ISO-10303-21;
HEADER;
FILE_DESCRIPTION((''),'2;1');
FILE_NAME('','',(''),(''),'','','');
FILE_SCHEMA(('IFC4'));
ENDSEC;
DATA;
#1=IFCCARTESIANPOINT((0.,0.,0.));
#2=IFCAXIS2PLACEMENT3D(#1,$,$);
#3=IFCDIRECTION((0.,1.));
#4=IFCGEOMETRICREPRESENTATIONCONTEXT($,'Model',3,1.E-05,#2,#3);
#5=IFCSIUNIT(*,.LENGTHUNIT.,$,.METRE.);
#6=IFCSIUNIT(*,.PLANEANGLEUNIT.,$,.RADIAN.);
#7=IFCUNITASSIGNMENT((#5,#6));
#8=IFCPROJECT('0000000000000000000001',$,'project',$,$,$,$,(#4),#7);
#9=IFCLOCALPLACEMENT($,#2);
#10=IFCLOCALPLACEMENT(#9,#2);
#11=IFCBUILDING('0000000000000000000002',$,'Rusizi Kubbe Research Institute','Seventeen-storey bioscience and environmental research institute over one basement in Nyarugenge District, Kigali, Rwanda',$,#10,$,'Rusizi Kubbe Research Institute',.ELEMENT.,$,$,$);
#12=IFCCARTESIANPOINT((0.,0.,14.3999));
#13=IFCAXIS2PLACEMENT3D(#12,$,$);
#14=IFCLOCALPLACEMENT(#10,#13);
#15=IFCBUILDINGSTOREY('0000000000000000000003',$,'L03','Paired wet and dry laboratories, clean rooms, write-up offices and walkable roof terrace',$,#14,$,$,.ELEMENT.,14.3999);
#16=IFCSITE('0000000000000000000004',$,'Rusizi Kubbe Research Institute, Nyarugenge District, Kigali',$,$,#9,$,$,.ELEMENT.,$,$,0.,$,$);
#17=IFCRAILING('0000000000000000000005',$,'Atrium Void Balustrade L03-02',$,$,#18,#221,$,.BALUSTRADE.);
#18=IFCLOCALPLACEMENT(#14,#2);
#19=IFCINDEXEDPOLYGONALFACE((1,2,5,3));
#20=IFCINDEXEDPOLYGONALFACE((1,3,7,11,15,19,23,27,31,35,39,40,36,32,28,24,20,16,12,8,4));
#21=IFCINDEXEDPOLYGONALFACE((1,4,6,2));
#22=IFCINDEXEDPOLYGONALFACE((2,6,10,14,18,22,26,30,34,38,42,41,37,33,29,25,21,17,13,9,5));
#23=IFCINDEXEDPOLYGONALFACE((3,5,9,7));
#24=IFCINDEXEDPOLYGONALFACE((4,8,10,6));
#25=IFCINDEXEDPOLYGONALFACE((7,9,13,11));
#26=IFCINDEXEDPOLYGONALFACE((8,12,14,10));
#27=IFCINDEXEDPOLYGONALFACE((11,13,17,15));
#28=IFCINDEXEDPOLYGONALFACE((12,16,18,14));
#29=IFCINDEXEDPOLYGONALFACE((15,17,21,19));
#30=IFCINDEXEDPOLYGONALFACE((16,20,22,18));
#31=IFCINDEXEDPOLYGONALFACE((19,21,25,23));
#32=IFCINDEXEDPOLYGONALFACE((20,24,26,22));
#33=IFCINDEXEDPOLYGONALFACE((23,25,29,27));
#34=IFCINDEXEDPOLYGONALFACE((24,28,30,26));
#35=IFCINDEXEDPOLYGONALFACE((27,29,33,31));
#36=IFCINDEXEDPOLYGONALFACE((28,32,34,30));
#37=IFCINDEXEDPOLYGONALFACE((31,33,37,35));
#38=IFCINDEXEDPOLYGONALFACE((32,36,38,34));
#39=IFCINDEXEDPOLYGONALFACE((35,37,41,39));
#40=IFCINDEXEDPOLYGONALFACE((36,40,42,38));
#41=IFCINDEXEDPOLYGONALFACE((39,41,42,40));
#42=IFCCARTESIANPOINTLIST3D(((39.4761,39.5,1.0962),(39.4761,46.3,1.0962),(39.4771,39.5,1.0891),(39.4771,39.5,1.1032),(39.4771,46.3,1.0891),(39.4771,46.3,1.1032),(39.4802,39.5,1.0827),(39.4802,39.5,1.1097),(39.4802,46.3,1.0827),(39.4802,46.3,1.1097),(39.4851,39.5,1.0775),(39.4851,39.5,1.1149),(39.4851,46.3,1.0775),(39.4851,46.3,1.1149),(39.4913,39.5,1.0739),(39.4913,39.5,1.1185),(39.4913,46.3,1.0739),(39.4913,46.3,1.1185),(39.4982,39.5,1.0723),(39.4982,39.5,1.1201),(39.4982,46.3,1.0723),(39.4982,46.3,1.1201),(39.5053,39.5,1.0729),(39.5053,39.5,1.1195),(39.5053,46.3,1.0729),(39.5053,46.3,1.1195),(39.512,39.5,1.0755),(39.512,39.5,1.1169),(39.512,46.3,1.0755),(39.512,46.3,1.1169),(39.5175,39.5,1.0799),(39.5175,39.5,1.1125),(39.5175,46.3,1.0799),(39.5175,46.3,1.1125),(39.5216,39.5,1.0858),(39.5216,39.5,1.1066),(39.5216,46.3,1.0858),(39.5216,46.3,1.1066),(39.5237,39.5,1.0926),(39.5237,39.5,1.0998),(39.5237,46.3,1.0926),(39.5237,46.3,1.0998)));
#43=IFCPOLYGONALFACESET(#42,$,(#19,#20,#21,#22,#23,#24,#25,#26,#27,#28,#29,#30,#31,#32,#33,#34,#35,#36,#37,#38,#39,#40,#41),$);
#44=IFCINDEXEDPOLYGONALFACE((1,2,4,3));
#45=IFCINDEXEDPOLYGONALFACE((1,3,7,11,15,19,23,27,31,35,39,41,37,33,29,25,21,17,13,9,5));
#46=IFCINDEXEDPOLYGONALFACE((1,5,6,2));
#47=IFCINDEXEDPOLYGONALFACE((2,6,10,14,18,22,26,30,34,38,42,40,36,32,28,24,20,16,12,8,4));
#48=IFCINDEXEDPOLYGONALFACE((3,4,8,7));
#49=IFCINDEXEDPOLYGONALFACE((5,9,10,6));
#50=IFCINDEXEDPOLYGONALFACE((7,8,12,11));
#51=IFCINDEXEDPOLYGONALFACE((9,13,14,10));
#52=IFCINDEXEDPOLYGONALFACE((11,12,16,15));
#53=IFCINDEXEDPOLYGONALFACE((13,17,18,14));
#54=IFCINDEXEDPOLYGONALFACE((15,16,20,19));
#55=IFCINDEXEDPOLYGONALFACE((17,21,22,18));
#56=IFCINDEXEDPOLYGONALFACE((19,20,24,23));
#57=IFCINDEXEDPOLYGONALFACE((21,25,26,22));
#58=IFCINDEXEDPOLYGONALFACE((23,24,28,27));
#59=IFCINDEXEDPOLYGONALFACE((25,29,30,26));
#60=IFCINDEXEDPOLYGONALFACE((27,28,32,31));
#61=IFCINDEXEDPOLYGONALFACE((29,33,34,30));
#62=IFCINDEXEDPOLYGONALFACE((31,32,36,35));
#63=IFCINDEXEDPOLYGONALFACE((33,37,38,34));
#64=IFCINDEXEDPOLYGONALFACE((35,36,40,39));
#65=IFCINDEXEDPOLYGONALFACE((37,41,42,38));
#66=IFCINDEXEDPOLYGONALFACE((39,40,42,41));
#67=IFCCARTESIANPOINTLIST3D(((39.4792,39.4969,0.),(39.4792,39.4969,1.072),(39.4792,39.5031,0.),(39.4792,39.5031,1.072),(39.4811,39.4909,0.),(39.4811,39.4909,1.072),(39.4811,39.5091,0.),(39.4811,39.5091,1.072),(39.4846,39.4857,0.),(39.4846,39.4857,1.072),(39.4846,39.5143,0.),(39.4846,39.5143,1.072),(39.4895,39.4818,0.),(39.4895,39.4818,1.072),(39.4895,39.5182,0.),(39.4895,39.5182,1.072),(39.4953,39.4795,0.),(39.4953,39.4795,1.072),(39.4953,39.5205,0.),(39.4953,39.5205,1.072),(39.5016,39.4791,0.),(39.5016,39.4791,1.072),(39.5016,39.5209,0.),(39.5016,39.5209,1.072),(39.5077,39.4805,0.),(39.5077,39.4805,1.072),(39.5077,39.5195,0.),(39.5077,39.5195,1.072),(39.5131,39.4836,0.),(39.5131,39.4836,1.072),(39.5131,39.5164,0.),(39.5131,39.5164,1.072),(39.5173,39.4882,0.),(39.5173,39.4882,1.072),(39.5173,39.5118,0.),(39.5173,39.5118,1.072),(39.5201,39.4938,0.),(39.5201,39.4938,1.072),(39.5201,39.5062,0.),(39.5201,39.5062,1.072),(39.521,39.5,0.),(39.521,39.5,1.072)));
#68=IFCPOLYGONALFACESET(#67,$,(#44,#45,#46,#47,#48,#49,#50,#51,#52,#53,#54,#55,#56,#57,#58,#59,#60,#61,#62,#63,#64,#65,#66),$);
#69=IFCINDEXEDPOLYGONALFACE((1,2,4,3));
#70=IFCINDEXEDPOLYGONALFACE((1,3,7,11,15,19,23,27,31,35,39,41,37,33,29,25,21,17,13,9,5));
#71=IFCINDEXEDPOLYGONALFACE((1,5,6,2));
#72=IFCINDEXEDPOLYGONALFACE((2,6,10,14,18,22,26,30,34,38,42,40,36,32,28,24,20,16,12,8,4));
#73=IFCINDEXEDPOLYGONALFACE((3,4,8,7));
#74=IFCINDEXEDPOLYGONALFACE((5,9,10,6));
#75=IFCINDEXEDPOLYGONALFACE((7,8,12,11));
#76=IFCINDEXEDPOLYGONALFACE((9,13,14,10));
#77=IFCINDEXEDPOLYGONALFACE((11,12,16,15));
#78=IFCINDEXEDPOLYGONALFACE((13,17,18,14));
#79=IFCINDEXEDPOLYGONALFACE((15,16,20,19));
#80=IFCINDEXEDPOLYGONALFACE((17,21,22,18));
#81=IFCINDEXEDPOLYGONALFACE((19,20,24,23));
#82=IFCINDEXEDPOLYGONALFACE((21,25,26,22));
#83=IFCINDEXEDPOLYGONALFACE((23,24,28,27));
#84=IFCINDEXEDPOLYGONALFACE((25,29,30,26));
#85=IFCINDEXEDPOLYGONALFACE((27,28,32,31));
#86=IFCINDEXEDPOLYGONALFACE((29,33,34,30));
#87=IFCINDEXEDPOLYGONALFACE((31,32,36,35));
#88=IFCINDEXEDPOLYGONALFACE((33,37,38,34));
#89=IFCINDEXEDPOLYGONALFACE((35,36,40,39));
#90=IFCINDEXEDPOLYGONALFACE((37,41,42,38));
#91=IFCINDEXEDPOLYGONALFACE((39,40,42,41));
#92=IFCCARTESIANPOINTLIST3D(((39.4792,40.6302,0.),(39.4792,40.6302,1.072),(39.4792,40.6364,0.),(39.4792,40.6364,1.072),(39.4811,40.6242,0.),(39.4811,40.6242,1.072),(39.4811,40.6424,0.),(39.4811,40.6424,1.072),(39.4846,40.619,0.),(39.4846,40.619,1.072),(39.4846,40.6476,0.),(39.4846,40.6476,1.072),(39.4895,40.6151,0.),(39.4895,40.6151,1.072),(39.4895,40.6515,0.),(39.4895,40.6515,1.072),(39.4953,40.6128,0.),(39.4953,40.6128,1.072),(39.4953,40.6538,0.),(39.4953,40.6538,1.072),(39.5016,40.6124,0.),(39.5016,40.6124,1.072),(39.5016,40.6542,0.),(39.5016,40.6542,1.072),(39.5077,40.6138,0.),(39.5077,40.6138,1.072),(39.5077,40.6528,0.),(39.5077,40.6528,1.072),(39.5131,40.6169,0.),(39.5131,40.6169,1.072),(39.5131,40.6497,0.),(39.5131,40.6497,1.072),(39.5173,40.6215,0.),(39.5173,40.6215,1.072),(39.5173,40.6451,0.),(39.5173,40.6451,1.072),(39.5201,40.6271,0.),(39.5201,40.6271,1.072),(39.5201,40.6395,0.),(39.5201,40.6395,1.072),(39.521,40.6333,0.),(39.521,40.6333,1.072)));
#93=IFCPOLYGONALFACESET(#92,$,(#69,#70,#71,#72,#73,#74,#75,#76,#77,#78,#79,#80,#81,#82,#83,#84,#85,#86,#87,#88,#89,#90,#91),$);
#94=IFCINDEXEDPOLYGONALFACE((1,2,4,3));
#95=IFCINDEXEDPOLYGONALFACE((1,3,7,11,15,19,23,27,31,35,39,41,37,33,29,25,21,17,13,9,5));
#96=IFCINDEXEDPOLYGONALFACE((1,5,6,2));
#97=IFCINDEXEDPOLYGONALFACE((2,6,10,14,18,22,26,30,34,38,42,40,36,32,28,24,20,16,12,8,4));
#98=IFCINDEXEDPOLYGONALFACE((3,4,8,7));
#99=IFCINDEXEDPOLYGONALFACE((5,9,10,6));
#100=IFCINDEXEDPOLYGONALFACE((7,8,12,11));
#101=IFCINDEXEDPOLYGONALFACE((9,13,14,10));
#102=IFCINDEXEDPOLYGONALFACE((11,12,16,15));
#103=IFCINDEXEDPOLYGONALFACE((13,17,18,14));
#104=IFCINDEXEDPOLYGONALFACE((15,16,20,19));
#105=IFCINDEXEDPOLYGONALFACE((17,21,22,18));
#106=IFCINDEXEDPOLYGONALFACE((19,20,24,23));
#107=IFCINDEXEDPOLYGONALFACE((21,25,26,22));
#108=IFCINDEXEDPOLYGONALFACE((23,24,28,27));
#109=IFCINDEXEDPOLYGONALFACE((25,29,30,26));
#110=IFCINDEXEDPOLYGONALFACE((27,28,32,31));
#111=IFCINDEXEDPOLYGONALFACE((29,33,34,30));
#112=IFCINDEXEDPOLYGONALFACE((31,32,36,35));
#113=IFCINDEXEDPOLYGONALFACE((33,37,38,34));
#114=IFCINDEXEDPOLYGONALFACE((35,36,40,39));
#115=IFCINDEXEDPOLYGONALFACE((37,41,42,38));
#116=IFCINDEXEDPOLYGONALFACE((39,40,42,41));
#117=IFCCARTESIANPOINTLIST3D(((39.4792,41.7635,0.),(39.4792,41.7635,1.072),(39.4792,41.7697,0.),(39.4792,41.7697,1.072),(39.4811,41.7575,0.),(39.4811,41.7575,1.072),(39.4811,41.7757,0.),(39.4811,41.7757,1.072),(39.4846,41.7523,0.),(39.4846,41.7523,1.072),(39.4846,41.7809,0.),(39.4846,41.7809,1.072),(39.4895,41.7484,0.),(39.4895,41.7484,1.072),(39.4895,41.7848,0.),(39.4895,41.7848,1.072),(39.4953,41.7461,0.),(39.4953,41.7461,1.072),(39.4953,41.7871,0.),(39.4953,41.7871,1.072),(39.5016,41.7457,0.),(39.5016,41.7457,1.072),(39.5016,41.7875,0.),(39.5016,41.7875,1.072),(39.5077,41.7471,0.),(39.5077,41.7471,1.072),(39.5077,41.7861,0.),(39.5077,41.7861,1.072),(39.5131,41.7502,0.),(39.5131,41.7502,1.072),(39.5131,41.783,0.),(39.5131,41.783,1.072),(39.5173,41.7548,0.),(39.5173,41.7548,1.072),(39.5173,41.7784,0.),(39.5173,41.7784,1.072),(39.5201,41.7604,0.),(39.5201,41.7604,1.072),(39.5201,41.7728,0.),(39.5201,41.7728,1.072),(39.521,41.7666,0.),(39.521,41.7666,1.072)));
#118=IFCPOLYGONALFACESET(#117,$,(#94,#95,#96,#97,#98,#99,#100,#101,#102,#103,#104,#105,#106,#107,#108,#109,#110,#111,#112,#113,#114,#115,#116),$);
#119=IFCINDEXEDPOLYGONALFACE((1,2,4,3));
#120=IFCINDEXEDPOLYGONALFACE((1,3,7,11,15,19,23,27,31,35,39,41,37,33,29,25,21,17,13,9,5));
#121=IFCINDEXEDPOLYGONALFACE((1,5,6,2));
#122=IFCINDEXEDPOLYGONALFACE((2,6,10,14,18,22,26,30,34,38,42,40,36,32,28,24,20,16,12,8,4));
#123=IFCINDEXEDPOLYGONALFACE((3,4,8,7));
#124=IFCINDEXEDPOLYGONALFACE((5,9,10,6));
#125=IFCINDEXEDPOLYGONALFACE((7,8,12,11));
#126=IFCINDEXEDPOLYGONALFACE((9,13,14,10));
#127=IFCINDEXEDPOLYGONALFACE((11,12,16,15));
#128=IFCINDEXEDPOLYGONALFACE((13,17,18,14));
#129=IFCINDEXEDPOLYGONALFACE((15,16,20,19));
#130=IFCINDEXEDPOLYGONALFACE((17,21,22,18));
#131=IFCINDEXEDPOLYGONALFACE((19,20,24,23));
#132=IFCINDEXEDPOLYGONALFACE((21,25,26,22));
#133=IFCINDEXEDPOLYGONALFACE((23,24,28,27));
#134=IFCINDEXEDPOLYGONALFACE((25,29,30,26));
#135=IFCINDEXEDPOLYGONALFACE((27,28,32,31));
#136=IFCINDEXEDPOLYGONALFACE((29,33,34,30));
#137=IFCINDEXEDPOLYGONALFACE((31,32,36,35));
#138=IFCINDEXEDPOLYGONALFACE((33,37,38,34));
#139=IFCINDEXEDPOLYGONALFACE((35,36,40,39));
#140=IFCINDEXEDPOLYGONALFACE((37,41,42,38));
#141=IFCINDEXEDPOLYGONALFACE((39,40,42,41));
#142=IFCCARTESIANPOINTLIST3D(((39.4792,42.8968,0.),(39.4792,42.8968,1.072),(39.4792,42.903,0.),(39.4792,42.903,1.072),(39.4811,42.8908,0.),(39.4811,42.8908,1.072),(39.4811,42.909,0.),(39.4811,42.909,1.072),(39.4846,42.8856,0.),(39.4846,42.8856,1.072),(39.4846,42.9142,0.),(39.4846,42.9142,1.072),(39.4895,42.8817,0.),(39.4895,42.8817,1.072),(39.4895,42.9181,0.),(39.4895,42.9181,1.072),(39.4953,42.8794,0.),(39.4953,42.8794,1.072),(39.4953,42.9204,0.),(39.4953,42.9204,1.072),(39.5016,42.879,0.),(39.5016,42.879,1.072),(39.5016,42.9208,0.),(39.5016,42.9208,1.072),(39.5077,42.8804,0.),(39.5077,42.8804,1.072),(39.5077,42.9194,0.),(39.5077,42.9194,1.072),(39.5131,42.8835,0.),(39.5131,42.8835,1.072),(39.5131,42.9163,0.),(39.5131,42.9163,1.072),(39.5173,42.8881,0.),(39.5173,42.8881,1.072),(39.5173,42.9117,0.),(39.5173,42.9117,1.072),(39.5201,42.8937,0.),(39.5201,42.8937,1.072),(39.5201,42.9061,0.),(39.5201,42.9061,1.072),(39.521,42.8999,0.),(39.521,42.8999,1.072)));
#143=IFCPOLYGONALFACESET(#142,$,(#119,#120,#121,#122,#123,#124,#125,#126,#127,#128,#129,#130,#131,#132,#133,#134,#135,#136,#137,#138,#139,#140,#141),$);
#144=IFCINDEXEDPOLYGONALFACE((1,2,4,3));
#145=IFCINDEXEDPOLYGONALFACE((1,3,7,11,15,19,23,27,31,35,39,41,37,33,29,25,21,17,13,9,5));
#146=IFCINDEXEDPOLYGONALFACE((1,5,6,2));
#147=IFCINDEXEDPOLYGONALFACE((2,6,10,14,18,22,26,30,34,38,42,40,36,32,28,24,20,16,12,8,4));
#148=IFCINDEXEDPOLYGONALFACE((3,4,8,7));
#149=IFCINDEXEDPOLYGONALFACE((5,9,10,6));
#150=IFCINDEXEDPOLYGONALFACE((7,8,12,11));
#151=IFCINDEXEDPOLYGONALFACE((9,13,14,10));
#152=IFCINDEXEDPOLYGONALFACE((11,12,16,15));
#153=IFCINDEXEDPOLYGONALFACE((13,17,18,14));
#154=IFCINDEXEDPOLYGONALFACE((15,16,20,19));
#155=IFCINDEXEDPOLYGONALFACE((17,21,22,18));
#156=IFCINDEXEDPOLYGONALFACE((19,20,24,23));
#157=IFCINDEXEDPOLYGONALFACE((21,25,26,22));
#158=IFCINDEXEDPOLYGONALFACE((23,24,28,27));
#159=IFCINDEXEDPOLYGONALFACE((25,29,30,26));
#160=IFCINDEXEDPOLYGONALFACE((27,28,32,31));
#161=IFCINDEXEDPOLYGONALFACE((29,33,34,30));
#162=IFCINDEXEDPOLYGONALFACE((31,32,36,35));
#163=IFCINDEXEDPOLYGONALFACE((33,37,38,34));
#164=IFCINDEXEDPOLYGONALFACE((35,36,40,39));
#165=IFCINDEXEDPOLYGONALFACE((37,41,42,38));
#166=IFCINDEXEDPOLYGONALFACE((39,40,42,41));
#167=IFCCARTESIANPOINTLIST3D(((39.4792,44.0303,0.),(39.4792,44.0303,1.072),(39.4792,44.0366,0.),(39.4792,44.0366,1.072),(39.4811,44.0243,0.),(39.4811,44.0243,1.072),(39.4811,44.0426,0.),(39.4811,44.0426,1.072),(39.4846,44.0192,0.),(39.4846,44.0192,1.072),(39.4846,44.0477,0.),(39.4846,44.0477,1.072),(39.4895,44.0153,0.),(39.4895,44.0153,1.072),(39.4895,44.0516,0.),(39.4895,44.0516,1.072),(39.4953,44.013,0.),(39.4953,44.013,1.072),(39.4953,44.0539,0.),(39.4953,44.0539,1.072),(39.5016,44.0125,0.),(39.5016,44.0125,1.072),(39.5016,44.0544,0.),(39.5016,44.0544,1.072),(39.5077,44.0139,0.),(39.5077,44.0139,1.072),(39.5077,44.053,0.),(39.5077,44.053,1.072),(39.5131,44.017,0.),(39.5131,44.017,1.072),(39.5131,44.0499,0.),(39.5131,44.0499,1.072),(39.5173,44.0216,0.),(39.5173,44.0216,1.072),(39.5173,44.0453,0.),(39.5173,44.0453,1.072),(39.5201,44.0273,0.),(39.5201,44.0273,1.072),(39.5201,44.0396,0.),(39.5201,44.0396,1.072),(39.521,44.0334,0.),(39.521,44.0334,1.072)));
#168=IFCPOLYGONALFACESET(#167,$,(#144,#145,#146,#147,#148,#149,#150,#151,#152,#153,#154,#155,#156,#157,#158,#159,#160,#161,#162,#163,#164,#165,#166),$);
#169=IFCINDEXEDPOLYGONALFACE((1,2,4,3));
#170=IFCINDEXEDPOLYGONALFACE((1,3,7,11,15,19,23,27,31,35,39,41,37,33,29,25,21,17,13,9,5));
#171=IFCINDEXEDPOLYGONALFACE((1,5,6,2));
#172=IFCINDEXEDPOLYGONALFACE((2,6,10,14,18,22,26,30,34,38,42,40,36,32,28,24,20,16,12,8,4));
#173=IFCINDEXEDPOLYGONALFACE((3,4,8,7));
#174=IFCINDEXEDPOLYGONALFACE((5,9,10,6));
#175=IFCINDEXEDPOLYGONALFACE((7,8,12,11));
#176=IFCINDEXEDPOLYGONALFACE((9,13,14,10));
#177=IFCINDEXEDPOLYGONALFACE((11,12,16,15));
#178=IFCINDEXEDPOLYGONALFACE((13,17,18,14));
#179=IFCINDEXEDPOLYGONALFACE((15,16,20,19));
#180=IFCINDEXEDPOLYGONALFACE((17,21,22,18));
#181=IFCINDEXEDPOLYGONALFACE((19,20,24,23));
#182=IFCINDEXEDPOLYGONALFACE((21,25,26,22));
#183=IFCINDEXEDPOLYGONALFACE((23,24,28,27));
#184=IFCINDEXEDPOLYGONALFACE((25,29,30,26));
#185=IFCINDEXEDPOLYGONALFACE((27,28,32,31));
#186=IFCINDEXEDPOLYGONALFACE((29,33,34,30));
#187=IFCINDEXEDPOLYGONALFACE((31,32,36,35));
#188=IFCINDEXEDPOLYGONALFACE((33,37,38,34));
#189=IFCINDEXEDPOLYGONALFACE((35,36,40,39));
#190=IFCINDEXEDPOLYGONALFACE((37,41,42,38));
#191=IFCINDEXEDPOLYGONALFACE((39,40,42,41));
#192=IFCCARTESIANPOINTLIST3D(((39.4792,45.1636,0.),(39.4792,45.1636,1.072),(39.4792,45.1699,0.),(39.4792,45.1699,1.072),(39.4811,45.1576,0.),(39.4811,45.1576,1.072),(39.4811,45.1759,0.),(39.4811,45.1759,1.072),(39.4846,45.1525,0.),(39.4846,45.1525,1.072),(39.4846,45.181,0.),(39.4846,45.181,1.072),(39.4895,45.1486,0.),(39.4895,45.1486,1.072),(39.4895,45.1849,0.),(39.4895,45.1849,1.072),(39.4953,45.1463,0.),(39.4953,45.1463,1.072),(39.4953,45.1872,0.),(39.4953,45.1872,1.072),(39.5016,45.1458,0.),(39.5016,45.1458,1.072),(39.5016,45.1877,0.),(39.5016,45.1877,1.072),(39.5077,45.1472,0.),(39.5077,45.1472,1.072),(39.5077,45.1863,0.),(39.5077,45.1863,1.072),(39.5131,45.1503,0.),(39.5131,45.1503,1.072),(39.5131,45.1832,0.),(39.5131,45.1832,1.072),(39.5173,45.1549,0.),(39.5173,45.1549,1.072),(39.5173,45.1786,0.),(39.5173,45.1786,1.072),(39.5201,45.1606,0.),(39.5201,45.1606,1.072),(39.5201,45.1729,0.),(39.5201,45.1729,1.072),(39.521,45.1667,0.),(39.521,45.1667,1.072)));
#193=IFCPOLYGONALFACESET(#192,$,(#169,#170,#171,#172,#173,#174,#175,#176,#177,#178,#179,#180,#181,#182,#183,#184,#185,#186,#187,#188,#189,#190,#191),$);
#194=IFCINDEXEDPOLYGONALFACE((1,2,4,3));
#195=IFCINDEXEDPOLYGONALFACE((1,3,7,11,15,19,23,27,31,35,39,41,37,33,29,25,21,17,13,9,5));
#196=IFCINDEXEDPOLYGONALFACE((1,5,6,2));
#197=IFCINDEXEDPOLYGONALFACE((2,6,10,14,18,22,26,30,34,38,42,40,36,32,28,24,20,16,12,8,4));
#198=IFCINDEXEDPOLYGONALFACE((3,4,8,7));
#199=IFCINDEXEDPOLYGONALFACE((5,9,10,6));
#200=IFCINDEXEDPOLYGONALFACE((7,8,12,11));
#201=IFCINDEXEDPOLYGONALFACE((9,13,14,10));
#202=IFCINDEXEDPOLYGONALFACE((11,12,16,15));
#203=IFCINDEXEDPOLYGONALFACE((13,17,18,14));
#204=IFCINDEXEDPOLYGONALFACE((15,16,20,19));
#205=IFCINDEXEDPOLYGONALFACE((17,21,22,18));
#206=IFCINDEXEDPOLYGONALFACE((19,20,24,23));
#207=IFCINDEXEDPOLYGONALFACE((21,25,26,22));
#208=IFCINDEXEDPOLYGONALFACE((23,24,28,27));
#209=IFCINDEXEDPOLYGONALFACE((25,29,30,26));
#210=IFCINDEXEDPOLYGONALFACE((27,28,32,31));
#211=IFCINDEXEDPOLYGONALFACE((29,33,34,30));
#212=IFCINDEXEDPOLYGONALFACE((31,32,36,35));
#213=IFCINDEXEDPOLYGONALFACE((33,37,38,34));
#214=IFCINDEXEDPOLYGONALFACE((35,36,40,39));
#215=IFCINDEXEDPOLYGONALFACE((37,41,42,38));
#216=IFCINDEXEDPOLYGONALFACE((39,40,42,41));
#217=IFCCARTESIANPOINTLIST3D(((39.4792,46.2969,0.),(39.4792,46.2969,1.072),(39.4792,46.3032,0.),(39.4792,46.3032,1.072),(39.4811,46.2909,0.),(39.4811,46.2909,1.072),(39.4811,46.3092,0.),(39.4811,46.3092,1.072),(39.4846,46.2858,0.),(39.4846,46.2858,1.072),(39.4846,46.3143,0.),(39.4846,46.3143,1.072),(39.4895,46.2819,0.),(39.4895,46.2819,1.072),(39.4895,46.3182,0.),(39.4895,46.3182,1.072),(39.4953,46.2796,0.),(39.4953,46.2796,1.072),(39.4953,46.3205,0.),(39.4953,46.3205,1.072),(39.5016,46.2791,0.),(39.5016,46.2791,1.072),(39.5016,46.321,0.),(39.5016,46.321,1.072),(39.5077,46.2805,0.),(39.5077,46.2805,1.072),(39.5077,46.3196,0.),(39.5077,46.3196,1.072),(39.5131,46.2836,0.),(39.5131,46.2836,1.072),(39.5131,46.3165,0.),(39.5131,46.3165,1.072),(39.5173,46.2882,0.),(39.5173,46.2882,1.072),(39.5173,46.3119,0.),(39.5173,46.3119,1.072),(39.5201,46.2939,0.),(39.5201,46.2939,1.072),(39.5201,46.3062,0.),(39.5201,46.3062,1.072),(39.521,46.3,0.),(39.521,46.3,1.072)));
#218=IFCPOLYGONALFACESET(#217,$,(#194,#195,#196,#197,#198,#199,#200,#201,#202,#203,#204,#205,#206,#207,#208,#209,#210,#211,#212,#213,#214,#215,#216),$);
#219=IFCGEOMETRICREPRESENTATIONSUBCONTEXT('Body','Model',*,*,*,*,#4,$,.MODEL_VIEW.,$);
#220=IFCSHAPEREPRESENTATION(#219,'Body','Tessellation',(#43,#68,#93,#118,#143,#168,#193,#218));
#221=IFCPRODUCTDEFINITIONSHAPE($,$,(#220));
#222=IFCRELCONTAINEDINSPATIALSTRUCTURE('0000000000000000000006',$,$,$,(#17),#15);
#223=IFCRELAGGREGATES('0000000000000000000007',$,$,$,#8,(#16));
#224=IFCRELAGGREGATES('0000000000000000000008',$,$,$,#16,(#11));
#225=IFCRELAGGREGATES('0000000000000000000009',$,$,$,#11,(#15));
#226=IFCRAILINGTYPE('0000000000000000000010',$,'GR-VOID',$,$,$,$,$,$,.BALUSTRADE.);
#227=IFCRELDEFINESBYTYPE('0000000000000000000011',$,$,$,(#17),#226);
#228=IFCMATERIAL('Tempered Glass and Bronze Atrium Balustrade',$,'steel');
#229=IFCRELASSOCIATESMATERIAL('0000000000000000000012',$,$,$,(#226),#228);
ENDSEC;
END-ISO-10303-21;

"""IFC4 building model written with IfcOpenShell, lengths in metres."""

from ifc_helpers import new_model, si_unit, direction, frame, origin, origin_2d, place, context, subcontext, project, spatial, circle, extrude, material, type_object, element, save


model = new_model("IFC4")

# Units and contexts
model_context = context("Model", 3, precision=1e-05, world=origin(), true_north=direction((0.0, 1.0)))
body_context = subcontext(model_context, "Body", "Model", "MODEL_VIEW")
ifc_project = project(units=[si_unit("LENGTHUNIT", "METRE"), si_unit("PLANEANGLEUNIT", "RADIAN")], contexts=[model_context])

# Site, building, storey
site_placement = place(None, origin())
site = spatial("IfcSite", under=ifc_project, at=site_placement, Name="Rusizi Kubbe Research Institute, Nyarugenge District, Kigali", CompositionType="ELEMENT", RefElevation=0.0)
building_placement = place(site_placement, origin())
building = spatial("IfcBuilding", under=site, at=building_placement, Name="Rusizi Kubbe Research Institute", Description="Seventeen-storey bioscience and environmental research institute over one basement in Nyarugenge District, Kigali, Rwanda", LongName="Rusizi Kubbe Research Institute", CompositionType="ELEMENT")
storey_placement = place(building_placement, frame((0.0, 0.0, 14.3999)))
storey = spatial("IfcBuildingStorey", under=building, at=storey_placement, Name="L03", Description="Paired wet and dry laboratories, clean rooms, write-up offices and walkable roof terrace", CompositionType="ELEMENT", Elevation=14.3999)

# Railing
ifc_material_1 = material(Name="Tempered Glass and Bronze Atrium Balustrade", Category="steel")
railing_type = type_object("IfcRailingType", Name="GR-VOID", PredefinedType="BALUSTRADE", material=ifc_material_1)
railing_1_placement = place(storey_placement, frame((39.5, 39.5, 0.0)))
element("IfcRailing", 1, at=railing_1_placement, inside=storey, type_object=railing_type, Name="Atrium Void Balustrade L03-02", PredefinedType="BALUSTRADE", context=body_context, shape_type="SweptSolid", body=[
    extrude(circle(Radius=0.0239, at=origin_2d()), frame((0.0, 0.0, 1.0962), z_axis=(0.0, 1.0, 0.0), x_axis=(-1.0, 0.0, 0.0)), (0.0, 0.0, 1.0), 6.8),
    extrude(circle(Radius=0.021, at=origin_2d()), origin(), (0.0, 0.0, 1.0), 1.072),
    extrude(circle(Radius=0.021, at=origin_2d()), frame((0.0, 1.1333, 0.0)), (0.0, 0.0, 1.0), 1.072),
    extrude(circle(Radius=0.021, at=origin_2d()), frame((0.0, 2.2666, 0.0)), (0.0, 0.0, 1.0), 1.072),
    extrude(circle(Radius=0.021, at=origin_2d()), frame((0.0, 3.3999, 0.0)), (0.0, 0.0, 1.0), 1.072),
    extrude(circle(Radius=0.021, at=origin_2d()), frame((0.0, 4.5334, 0.0)), (0.0, 0.0, 1.0), 1.072),
    extrude(circle(Radius=0.021, at=origin_2d()), frame((0.0, 5.6667, 0.0)), (0.0, 0.0, 1.0), 1.072),
    extrude(circle(Radius=0.021, at=origin_2d()), frame((0.0, 6.8, 0.0)), (0.0, 0.0, 1.0), 1.072),
])

save(model, "model.ifc")
